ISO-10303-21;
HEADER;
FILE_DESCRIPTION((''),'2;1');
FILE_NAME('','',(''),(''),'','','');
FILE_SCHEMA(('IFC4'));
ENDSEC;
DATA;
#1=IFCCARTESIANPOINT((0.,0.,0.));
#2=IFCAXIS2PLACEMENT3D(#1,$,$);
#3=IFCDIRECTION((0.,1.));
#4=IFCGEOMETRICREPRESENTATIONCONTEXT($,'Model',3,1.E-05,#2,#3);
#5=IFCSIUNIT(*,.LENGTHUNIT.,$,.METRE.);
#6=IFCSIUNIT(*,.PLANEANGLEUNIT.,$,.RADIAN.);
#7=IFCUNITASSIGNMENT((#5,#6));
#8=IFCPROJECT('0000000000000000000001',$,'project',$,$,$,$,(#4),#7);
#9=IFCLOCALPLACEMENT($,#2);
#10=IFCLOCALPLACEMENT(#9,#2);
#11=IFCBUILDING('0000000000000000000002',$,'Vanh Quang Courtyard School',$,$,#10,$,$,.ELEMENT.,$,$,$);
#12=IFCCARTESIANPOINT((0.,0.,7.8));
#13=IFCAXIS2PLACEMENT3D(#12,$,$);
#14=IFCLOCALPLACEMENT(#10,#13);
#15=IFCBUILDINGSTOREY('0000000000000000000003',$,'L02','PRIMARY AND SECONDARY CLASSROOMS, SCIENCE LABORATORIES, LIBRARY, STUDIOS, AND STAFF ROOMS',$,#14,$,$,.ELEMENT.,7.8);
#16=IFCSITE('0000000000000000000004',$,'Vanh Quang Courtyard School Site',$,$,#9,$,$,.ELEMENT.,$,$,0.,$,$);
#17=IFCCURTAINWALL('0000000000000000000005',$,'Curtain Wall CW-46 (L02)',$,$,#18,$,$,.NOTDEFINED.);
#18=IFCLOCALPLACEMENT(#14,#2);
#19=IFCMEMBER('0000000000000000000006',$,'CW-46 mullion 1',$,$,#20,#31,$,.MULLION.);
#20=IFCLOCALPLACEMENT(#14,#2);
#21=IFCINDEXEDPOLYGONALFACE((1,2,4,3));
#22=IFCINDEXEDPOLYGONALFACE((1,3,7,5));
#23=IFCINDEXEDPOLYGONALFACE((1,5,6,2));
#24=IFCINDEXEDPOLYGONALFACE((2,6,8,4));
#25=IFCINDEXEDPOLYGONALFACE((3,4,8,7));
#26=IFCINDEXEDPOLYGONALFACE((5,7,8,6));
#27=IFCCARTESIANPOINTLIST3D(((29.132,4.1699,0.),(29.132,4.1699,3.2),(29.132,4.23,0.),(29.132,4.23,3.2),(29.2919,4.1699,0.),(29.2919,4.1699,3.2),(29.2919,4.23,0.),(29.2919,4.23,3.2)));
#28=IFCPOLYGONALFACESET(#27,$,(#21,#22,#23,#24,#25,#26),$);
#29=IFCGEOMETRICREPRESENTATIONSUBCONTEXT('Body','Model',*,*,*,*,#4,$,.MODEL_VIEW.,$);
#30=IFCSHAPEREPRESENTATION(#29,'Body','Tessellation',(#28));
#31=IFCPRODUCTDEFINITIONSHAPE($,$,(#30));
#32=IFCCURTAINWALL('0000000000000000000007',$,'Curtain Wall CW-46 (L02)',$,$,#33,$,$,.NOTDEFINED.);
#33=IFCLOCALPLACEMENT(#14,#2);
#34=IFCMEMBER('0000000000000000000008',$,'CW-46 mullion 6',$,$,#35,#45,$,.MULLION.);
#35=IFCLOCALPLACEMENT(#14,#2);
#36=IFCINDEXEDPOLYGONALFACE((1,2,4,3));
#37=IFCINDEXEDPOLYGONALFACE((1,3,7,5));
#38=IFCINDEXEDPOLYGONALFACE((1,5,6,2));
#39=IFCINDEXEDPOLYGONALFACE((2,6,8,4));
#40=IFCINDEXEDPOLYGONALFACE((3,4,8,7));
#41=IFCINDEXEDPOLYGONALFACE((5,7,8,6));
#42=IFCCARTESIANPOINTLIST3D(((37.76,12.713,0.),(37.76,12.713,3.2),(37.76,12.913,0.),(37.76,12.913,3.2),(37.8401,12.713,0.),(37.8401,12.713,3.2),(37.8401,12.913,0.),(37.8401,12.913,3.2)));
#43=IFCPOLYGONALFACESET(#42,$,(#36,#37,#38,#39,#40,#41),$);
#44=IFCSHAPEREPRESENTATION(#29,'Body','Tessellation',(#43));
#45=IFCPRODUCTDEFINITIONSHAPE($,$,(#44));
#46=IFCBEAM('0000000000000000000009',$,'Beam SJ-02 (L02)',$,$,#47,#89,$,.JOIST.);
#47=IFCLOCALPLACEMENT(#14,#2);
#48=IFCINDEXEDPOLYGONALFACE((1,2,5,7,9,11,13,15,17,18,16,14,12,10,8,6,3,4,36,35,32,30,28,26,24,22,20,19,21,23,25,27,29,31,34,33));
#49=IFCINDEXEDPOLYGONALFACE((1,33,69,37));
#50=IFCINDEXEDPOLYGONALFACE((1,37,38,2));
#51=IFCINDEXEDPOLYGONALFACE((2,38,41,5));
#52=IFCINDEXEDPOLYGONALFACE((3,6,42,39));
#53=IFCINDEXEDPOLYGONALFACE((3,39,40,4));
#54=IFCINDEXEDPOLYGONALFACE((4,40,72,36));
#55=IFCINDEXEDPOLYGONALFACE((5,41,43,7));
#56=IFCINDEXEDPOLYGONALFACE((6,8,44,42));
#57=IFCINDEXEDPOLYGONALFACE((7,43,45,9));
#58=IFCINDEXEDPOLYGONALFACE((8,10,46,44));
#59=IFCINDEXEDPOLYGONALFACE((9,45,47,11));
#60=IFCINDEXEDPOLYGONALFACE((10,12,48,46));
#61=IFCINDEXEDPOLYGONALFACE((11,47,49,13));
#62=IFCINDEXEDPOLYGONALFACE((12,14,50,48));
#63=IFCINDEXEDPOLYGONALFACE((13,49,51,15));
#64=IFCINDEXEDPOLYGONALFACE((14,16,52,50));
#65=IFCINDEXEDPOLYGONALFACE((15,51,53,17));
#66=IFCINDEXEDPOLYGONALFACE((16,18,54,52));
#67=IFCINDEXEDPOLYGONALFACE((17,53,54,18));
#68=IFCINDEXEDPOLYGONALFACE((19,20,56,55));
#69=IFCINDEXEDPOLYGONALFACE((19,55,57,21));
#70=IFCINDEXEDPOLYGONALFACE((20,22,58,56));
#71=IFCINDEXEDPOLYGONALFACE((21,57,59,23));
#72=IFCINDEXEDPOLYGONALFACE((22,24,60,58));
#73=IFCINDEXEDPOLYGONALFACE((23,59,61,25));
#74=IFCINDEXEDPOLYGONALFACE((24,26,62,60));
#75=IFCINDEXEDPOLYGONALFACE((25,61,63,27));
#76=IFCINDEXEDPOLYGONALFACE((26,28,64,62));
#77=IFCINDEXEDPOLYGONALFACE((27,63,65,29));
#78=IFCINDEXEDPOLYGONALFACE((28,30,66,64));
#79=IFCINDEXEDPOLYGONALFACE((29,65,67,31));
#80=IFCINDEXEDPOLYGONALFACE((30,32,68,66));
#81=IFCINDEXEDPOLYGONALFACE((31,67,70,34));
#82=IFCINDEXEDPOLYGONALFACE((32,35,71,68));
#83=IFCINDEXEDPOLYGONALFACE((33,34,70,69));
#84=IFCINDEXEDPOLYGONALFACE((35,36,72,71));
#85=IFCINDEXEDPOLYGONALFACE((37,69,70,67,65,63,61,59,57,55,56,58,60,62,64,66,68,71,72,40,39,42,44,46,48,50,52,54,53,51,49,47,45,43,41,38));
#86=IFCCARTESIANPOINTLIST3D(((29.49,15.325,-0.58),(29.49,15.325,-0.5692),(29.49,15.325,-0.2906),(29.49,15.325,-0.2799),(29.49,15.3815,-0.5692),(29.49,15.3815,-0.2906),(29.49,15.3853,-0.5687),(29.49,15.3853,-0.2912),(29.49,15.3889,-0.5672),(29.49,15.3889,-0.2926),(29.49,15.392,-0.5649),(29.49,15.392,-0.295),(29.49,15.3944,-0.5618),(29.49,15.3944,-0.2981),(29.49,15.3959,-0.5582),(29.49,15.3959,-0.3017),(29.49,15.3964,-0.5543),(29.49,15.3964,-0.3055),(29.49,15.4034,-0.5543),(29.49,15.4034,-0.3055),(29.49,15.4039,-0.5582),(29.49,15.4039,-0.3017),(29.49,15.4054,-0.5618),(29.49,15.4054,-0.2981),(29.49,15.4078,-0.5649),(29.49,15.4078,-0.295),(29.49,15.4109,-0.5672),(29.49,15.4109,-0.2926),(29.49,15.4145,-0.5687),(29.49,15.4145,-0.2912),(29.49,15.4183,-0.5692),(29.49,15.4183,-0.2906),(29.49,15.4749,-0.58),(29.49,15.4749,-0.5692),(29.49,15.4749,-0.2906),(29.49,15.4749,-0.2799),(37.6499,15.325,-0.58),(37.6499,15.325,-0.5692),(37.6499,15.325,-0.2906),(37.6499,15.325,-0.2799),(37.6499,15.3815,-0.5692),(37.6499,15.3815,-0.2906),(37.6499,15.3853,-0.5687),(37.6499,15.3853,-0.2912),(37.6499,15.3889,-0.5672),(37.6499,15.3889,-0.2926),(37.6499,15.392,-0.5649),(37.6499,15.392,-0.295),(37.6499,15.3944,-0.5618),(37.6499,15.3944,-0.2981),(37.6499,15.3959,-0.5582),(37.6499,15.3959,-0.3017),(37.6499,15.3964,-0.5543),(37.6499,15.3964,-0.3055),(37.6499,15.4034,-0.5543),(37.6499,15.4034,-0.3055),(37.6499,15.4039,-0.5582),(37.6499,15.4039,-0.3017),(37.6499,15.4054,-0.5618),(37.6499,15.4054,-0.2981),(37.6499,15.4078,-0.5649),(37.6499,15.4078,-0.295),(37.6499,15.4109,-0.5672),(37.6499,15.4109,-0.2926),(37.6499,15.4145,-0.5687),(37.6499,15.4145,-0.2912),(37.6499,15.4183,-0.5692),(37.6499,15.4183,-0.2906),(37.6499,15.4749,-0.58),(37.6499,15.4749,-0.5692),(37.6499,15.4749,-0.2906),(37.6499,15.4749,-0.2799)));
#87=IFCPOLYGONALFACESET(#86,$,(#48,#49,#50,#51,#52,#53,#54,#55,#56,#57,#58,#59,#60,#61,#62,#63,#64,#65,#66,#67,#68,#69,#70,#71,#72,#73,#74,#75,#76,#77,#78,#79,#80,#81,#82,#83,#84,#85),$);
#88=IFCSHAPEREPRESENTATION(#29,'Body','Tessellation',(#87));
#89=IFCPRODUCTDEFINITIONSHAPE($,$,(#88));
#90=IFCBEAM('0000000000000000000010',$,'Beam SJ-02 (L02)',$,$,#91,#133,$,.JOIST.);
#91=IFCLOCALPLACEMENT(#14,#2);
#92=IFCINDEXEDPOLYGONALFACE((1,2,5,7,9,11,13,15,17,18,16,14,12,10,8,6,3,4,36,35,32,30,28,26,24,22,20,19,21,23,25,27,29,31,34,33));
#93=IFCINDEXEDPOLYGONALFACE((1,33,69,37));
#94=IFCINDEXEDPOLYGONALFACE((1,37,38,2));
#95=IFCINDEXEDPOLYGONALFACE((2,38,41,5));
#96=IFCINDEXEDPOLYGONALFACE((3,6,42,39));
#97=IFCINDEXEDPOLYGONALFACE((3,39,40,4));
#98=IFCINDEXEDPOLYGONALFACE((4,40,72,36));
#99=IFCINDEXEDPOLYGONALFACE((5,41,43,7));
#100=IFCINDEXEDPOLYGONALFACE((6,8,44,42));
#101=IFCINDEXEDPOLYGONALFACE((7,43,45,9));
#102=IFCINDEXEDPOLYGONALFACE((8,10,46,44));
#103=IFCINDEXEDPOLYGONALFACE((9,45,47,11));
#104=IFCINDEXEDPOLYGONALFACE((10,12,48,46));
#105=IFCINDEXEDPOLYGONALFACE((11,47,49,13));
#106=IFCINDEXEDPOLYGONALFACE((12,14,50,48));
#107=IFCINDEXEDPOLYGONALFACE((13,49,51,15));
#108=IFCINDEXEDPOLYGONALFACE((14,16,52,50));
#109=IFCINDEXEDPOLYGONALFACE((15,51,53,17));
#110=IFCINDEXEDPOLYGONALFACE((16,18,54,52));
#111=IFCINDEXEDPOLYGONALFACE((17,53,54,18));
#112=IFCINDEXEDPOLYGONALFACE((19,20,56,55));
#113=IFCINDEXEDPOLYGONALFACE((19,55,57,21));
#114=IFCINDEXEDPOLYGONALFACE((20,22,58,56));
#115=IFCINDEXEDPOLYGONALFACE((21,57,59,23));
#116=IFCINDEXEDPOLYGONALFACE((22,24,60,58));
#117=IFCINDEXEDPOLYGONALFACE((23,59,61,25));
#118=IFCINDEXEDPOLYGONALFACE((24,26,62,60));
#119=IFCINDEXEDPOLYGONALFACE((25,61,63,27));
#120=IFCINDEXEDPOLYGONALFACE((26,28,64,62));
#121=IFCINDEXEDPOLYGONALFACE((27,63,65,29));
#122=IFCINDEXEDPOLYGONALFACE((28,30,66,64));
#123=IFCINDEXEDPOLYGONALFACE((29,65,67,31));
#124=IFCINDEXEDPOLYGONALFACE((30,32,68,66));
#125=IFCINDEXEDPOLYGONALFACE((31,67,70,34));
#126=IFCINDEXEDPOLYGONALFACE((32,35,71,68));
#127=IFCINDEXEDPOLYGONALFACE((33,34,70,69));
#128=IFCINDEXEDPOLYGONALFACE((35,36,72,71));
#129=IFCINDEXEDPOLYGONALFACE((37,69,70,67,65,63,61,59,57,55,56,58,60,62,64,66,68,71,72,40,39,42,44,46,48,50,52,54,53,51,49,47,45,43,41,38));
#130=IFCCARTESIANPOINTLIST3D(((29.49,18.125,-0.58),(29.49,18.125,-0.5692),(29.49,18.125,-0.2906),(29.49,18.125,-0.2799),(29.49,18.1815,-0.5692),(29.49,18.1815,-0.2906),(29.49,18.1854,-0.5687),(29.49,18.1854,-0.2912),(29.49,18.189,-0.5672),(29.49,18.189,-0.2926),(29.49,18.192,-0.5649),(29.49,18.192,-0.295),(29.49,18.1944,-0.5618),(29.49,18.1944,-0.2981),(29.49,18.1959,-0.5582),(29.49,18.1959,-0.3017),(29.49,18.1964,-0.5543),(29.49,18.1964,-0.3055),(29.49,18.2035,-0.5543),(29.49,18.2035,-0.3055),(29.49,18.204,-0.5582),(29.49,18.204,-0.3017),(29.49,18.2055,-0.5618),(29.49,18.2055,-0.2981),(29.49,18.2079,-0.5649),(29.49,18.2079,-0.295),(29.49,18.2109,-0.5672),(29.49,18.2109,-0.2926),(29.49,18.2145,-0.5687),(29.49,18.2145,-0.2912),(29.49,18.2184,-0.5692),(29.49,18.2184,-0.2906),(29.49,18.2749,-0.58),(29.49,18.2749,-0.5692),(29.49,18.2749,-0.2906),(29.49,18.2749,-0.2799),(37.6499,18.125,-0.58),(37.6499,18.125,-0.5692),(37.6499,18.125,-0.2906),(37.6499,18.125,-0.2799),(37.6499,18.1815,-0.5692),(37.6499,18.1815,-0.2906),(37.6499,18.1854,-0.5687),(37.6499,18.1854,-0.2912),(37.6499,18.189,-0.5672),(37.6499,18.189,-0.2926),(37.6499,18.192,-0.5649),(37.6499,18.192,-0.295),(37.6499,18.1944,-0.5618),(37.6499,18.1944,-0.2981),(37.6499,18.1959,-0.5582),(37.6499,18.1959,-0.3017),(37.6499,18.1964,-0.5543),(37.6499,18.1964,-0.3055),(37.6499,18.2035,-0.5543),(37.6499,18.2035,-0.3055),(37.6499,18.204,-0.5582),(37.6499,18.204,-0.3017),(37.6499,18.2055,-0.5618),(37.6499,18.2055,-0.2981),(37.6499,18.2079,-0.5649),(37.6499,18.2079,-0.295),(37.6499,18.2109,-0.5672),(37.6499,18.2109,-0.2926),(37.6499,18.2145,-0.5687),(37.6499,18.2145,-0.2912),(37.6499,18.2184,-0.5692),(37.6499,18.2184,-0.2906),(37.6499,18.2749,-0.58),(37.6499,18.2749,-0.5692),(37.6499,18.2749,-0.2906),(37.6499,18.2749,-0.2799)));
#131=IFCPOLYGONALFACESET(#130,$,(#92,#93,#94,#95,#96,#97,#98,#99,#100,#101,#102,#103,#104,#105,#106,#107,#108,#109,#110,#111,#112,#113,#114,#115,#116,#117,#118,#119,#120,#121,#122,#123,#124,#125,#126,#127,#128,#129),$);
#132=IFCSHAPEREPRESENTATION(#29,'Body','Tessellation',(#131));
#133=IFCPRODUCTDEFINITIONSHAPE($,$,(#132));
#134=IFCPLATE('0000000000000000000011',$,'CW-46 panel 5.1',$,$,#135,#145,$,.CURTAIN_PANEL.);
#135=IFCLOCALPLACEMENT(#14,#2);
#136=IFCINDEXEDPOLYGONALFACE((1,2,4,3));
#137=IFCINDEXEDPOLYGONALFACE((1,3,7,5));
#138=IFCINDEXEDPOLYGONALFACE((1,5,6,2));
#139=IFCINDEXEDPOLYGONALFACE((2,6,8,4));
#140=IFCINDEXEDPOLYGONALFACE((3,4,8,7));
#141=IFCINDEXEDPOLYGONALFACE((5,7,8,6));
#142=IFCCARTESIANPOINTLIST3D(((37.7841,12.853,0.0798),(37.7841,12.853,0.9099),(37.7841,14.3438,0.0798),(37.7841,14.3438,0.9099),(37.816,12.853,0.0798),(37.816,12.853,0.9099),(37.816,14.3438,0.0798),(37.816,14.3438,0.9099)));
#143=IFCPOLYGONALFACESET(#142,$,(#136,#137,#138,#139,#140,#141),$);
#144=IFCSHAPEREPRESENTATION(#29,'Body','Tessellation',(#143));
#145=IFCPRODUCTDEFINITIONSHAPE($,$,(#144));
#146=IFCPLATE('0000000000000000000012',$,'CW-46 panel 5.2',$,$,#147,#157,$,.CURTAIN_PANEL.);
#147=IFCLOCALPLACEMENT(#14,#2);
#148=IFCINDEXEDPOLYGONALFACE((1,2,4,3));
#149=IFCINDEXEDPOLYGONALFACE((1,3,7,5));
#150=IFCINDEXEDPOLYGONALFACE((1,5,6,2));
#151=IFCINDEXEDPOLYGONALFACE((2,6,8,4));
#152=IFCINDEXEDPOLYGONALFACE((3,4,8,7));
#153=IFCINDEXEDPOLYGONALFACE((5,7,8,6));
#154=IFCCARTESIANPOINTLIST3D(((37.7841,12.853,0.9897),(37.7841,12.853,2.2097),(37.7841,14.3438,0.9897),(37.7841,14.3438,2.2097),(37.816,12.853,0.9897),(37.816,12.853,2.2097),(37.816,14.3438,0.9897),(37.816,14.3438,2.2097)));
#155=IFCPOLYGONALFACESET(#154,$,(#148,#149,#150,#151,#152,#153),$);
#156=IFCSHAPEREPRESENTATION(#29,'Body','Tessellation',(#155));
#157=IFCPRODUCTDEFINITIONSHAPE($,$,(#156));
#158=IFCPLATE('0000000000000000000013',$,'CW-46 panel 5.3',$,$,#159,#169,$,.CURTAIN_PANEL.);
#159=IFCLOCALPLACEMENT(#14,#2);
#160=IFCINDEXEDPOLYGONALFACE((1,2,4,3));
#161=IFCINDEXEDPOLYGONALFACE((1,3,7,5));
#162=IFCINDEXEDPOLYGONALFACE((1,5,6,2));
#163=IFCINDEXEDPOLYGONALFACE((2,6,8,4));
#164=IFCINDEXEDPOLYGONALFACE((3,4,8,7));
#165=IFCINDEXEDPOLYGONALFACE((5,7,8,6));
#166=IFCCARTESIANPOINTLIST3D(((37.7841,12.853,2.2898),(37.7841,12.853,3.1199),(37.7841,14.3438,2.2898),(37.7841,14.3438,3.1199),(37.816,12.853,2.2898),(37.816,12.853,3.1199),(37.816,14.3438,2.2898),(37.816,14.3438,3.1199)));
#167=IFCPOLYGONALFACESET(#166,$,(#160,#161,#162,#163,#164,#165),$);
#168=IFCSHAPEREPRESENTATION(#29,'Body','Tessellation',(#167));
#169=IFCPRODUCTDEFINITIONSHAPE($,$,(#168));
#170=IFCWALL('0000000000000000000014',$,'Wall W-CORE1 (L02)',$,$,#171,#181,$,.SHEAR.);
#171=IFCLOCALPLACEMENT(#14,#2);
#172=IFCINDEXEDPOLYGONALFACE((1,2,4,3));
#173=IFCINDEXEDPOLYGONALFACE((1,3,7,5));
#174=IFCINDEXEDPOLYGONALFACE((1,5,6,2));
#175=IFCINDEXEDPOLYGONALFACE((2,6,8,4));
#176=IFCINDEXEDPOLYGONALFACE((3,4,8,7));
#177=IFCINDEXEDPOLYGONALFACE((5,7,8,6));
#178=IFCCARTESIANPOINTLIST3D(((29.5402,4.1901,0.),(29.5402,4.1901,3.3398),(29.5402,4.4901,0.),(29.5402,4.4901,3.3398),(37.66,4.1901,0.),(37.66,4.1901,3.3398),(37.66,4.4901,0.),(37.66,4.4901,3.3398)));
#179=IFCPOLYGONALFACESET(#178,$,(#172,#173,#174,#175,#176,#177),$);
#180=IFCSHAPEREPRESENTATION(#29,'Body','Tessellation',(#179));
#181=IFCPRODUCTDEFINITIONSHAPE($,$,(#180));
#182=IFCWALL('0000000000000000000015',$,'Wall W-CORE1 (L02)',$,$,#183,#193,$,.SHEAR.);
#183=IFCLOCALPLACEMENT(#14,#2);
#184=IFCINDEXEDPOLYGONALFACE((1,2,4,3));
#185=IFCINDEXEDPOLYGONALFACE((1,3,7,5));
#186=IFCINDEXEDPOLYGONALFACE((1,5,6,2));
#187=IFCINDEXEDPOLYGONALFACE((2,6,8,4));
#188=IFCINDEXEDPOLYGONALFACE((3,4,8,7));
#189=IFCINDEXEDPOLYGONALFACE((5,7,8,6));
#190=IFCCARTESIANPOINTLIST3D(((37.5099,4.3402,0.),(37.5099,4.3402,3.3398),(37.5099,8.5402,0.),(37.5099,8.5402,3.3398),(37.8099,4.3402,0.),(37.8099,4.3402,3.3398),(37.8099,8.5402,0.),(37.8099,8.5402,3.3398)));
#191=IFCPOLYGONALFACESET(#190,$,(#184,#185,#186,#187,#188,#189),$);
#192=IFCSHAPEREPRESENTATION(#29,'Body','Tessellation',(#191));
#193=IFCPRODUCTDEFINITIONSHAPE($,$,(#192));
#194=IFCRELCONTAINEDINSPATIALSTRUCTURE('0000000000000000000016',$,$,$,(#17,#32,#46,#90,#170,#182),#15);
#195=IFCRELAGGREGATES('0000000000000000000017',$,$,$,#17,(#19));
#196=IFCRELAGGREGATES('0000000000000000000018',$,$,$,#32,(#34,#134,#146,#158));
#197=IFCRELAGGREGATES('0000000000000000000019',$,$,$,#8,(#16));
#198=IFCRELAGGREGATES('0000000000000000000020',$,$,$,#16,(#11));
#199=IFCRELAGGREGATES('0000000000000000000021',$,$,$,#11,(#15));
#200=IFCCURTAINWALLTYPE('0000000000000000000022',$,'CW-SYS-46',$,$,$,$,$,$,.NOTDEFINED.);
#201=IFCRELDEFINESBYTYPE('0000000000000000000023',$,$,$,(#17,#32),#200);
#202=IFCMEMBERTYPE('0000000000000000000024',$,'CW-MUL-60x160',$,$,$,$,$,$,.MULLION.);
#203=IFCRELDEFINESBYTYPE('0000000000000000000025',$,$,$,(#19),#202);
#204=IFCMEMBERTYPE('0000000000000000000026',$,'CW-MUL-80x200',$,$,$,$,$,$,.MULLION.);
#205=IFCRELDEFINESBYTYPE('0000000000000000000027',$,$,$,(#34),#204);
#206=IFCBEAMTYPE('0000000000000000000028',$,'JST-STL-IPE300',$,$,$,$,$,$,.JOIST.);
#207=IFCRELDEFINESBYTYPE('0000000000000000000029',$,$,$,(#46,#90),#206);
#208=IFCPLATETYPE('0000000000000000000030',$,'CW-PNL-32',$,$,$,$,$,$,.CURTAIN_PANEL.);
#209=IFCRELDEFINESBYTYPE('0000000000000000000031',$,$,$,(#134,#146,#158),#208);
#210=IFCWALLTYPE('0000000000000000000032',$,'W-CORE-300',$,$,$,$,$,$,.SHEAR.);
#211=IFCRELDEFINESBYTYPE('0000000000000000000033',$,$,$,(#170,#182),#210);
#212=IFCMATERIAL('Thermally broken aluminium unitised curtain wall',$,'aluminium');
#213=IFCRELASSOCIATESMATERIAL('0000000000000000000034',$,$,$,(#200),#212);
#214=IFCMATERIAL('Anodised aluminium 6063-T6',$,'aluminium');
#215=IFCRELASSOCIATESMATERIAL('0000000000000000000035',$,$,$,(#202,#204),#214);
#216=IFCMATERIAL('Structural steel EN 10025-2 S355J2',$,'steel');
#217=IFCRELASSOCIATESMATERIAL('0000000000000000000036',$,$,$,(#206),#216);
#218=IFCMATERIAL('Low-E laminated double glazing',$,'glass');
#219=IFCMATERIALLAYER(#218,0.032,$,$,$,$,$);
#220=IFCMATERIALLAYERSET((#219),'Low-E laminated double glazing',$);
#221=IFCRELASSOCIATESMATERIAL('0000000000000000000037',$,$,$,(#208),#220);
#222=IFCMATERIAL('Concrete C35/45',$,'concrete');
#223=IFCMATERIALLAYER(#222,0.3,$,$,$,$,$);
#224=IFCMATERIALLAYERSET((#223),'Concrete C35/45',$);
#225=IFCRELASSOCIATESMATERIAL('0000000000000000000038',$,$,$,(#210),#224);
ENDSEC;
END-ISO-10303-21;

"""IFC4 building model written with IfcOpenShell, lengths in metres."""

from ifc_helpers import new_model, si_unit, direction, frame, frame_2d, origin, origin_2d, place, context, subcontext, project, spatial, rectangle, i_section, extrude, material, layer, layer_set, material_profile, profile_set, type_object, element, aggregate, save


model = new_model("IFC4")

# Units and contexts
model_context = context("Model", 3, precision=1e-05, world=origin(), true_north=direction((0.0, 1.0)))
body_context = subcontext(model_context, "Body", "Model", "MODEL_VIEW")
ifc_project = project(units=[si_unit("LENGTHUNIT", "METRE"), si_unit("PLANEANGLEUNIT", "RADIAN")], contexts=[model_context])

# Site, building, storey
site_placement = place(None, origin())
site = spatial("IfcSite", under=ifc_project, at=site_placement, Name="Vanh Quang Courtyard School Site", CompositionType="ELEMENT", RefElevation=0.0)
building_placement = place(site_placement, origin())
building = spatial("IfcBuilding", under=site, at=building_placement, Name="Vanh Quang Courtyard School", CompositionType="ELEMENT")
storey_placement = place(building_placement, frame((0.0, 0.0, 7.8)))
storey = spatial("IfcBuildingStorey", under=building, at=storey_placement, Name="L02", Description="PRIMARY AND SECONDARY CLASSROOMS, SCIENCE LABORATORIES, LIBRARY, STUDIOS, AND STAFF ROOMS", CompositionType="ELEMENT", Elevation=7.8)

# Shared definitions
ifc_material_1 = material(Name="Structural steel EN 10025-2 S355J2", Category="steel")

# Shared definitions
ifc_material_2 = material(Name="Concrete C35/45", Category="concrete")

# Curtain walls, members
ifc_material_3 = material(Name="Thermally broken aluminium unitised curtain wall", Category="aluminium")
curtain_wall_type = type_object("IfcCurtainWallType", Name="CW-SYS-46", PredefinedType="NOTDEFINED", material=ifc_material_3)
curtain_wall_1_placement = place(storey_placement, origin())
curtain_wall_1 = element("IfcCurtainWall", 1, at=curtain_wall_1_placement, inside=storey, type_object=curtain_wall_type, Name="Curtain Wall CW-46 (L02)", PredefinedType="NOTDEFINED")
ifc_material_4 = material(Name="Anodised aluminium 6063-T6", Category="aluminium")
ifc_material_profile_1 = material_profile(ifc_material_4, rectangle(XDim=0.0601, YDim=0.1599, at=origin_2d()), Name="ALU-MUL 60x160")
ifc_profile_set_1 = profile_set([ifc_material_profile_1], Name="Anodised aluminium 6063-T6")
member_type_1 = type_object("IfcMemberType", Name="CW-MUL-60x160", PredefinedType="MULLION", material=ifc_profile_set_1)
member_1_placement = place(storey_placement, frame((29.2119, 4.2, 0.0), z_axis=(0.0, 0.0, 1.0), x_axis=(0.0, -1.0, 0.0)))
member_1 = element("IfcMember", 2, at=member_1_placement, type_object=member_type_1, Name="CW-46 mullion 1", PredefinedType="MULLION", context=body_context, shape_type="SweptSolid", body=[
    extrude(rectangle(XDim=0.0601, YDim=0.1599, at=origin_2d()), origin(), (0.0, 0.0, 1.0), 3.2),
])
aggregate(curtain_wall_1, [member_1])
curtain_wall_2_placement = place(storey_placement, origin())
curtain_wall_2 = element("IfcCurtainWall", 3, at=curtain_wall_2_placement, inside=storey, type_object=curtain_wall_type, Name="Curtain Wall CW-46 (L02)", PredefinedType="NOTDEFINED")
ifc_material_profile_2 = material_profile(ifc_material_4, rectangle(XDim=0.0801, YDim=0.2, at=origin_2d()), Name="ALU-MUL 80x200")
ifc_profile_set_2 = profile_set([ifc_material_profile_2], Name="Anodised aluminium 6063-T6")
member_type_2 = type_object("IfcMemberType", Name="CW-MUL-80x200", PredefinedType="MULLION", material=ifc_profile_set_2)
member_2_placement = place(storey_placement, frame((37.8, 12.813, 0.0), z_axis=(0.0, 0.0, 1.0), x_axis=(1.0, 0.0, 0.0)))
member_2 = element("IfcMember", 4, at=member_2_placement, type_object=member_type_2, Name="CW-46 mullion 6", PredefinedType="MULLION", context=body_context, shape_type="SweptSolid", body=[
    extrude(rectangle(XDim=0.0801, YDim=0.2, at=origin_2d()), origin(), (0.0, 0.0, 1.0), 3.2),
])

# Beams
ifc_material_profile_3 = material_profile(ifc_material_1, i_section(OverallWidth=0.1499, OverallDepth=0.3, WebThickness=0.0071, FlangeThickness=0.0107, FilletRadius=0.0149, at=origin_2d()), Name="IPE 300")
ifc_profile_set_3 = profile_set([ifc_material_profile_3], Name="Structural steel EN 10025-2 S355J2")
beam_type_1 = type_object("IfcBeamType", Name="JST-STL-IPE300", PredefinedType="JOIST", material=ifc_profile_set_3)
for number, where, z_axis, x_axis, name in (
    (5, (29.49, 15.3999, -0.4299), (1.0, 0.0, 0.0), (0.0, 1.0, 0.0), "Beam SJ-02 (L02)"),
    (6, (29.49, 18.2, -0.4299), (1.0, 0.0, 0.0), (0.0, 1.0, 0.0), "Beam SJ-02 (L02)"),
):
    element("IfcBeam", number, at=place(storey_placement, frame(where, z_axis=z_axis, x_axis=x_axis)), inside=storey, type_object=beam_type_1, Name=name, PredefinedType="JOIST", context=body_context, shape_type="SweptSolid", body=[
        extrude(i_section(OverallWidth=0.1499, OverallDepth=0.3, WebThickness=0.0071, FlangeThickness=0.0107, FilletRadius=0.0149, at=origin_2d()), origin(), (0.0, 0.0, 1.0), 8.1599),
    ])

# Plates
ifc_material_5 = material(Name="Low-E laminated double glazing", Category="glass")
ifc_layer_1 = layer(ifc_material_5, 0.032)
ifc_layer_set_1 = layer_set([ifc_layer_1], Name="Low-E laminated double glazing")
plate_type = type_object("IfcPlateType", Name="CW-PNL-32", PredefinedType="CURTAIN_PANEL", material=ifc_layer_set_1)
plate_1_placement = place(storey_placement, frame((37.8, 13.5984, 0.0798), z_axis=(0.0, 0.0, 1.0), x_axis=(0.0, -1.0, 0.0)))
plate_1 = element("IfcPlate", 7, at=plate_1_placement, type_object=plate_type, Name="CW-46 panel 5.1", PredefinedType="CURTAIN_PANEL", context=body_context, shape_type="SweptSolid", body=[
    extrude(rectangle(XDim=1.4907, YDim=0.032, at=origin_2d()), origin(), (0.0, 0.0, 1.0), 0.8301),
])
plate_2_placement = place(storey_placement, frame((37.8, 13.5984, 0.9897), z_axis=(0.0, 0.0, 1.0), x_axis=(0.0, -1.0, 0.0)))
plate_2 = element("IfcPlate", 8, at=plate_2_placement, type_object=plate_type, Name="CW-46 panel 5.2", PredefinedType="CURTAIN_PANEL", context=body_context, shape_type="SweptSolid", body=[
    extrude(rectangle(XDim=1.4907, YDim=0.032, at=origin_2d()), origin(), (0.0, 0.0, 1.0), 1.22),
])
plate_3_placement = place(storey_placement, frame((37.8, 13.5984, 2.2898), z_axis=(0.0, 0.0, 1.0), x_axis=(0.0, -1.0, 0.0)))
plate_3 = element("IfcPlate", 9, at=plate_3_placement, type_object=plate_type, Name="CW-46 panel 5.3", PredefinedType="CURTAIN_PANEL", context=body_context, shape_type="SweptSolid", body=[
    extrude(rectangle(XDim=1.4907, YDim=0.032, at=origin_2d()), origin(), (0.0, 0.0, 1.0), 0.8301),
])
aggregate(curtain_wall_2, [member_2, plate_1, plate_2, plate_3])

# Walls
ifc_layer_2 = layer(ifc_material_2, 0.3)
ifc_layer_set_2 = layer_set([ifc_layer_2], Name="Concrete C35/45")
wall_type = type_object("IfcWallType", Name="W-CORE-300", PredefinedType="SHEAR", material=ifc_layer_set_2)
wall_1_placement = place(storey_placement, frame((29.54, 4.3401, 0.0), z_axis=(0.0, 0.0, 1.0), x_axis=(1.0, 0.0, 0.0)))
element("IfcWall", 10, at=wall_1_placement, inside=storey, type_object=wall_type, Name="Wall W-CORE1 (L02)", PredefinedType="SHEAR", context=body_context, shape_type="SweptSolid", body=[
    extrude(rectangle(XDim=8.1199, YDim=0.3, at=frame_2d((4.0601, 0.0))), origin(), (0.0, 0.0, 1.0), 3.3398),
])
wall_2_placement = place(storey_placement, frame((37.6599, 4.3401, 0.0), z_axis=(0.0, 0.0, 1.0), x_axis=(0.0, 1.0, 0.0)))
element("IfcWall", 11, at=wall_2_placement, inside=storey, type_object=wall_type, Name="Wall W-CORE1 (L02)", PredefinedType="SHEAR", context=body_context, shape_type="SweptSolid", body=[
    extrude(rectangle(XDim=4.2, YDim=0.3, at=frame_2d((2.1001, 0.0))), origin(), (0.0, 0.0, 1.0), 3.3398),
])

save(model, "model.ifc")
